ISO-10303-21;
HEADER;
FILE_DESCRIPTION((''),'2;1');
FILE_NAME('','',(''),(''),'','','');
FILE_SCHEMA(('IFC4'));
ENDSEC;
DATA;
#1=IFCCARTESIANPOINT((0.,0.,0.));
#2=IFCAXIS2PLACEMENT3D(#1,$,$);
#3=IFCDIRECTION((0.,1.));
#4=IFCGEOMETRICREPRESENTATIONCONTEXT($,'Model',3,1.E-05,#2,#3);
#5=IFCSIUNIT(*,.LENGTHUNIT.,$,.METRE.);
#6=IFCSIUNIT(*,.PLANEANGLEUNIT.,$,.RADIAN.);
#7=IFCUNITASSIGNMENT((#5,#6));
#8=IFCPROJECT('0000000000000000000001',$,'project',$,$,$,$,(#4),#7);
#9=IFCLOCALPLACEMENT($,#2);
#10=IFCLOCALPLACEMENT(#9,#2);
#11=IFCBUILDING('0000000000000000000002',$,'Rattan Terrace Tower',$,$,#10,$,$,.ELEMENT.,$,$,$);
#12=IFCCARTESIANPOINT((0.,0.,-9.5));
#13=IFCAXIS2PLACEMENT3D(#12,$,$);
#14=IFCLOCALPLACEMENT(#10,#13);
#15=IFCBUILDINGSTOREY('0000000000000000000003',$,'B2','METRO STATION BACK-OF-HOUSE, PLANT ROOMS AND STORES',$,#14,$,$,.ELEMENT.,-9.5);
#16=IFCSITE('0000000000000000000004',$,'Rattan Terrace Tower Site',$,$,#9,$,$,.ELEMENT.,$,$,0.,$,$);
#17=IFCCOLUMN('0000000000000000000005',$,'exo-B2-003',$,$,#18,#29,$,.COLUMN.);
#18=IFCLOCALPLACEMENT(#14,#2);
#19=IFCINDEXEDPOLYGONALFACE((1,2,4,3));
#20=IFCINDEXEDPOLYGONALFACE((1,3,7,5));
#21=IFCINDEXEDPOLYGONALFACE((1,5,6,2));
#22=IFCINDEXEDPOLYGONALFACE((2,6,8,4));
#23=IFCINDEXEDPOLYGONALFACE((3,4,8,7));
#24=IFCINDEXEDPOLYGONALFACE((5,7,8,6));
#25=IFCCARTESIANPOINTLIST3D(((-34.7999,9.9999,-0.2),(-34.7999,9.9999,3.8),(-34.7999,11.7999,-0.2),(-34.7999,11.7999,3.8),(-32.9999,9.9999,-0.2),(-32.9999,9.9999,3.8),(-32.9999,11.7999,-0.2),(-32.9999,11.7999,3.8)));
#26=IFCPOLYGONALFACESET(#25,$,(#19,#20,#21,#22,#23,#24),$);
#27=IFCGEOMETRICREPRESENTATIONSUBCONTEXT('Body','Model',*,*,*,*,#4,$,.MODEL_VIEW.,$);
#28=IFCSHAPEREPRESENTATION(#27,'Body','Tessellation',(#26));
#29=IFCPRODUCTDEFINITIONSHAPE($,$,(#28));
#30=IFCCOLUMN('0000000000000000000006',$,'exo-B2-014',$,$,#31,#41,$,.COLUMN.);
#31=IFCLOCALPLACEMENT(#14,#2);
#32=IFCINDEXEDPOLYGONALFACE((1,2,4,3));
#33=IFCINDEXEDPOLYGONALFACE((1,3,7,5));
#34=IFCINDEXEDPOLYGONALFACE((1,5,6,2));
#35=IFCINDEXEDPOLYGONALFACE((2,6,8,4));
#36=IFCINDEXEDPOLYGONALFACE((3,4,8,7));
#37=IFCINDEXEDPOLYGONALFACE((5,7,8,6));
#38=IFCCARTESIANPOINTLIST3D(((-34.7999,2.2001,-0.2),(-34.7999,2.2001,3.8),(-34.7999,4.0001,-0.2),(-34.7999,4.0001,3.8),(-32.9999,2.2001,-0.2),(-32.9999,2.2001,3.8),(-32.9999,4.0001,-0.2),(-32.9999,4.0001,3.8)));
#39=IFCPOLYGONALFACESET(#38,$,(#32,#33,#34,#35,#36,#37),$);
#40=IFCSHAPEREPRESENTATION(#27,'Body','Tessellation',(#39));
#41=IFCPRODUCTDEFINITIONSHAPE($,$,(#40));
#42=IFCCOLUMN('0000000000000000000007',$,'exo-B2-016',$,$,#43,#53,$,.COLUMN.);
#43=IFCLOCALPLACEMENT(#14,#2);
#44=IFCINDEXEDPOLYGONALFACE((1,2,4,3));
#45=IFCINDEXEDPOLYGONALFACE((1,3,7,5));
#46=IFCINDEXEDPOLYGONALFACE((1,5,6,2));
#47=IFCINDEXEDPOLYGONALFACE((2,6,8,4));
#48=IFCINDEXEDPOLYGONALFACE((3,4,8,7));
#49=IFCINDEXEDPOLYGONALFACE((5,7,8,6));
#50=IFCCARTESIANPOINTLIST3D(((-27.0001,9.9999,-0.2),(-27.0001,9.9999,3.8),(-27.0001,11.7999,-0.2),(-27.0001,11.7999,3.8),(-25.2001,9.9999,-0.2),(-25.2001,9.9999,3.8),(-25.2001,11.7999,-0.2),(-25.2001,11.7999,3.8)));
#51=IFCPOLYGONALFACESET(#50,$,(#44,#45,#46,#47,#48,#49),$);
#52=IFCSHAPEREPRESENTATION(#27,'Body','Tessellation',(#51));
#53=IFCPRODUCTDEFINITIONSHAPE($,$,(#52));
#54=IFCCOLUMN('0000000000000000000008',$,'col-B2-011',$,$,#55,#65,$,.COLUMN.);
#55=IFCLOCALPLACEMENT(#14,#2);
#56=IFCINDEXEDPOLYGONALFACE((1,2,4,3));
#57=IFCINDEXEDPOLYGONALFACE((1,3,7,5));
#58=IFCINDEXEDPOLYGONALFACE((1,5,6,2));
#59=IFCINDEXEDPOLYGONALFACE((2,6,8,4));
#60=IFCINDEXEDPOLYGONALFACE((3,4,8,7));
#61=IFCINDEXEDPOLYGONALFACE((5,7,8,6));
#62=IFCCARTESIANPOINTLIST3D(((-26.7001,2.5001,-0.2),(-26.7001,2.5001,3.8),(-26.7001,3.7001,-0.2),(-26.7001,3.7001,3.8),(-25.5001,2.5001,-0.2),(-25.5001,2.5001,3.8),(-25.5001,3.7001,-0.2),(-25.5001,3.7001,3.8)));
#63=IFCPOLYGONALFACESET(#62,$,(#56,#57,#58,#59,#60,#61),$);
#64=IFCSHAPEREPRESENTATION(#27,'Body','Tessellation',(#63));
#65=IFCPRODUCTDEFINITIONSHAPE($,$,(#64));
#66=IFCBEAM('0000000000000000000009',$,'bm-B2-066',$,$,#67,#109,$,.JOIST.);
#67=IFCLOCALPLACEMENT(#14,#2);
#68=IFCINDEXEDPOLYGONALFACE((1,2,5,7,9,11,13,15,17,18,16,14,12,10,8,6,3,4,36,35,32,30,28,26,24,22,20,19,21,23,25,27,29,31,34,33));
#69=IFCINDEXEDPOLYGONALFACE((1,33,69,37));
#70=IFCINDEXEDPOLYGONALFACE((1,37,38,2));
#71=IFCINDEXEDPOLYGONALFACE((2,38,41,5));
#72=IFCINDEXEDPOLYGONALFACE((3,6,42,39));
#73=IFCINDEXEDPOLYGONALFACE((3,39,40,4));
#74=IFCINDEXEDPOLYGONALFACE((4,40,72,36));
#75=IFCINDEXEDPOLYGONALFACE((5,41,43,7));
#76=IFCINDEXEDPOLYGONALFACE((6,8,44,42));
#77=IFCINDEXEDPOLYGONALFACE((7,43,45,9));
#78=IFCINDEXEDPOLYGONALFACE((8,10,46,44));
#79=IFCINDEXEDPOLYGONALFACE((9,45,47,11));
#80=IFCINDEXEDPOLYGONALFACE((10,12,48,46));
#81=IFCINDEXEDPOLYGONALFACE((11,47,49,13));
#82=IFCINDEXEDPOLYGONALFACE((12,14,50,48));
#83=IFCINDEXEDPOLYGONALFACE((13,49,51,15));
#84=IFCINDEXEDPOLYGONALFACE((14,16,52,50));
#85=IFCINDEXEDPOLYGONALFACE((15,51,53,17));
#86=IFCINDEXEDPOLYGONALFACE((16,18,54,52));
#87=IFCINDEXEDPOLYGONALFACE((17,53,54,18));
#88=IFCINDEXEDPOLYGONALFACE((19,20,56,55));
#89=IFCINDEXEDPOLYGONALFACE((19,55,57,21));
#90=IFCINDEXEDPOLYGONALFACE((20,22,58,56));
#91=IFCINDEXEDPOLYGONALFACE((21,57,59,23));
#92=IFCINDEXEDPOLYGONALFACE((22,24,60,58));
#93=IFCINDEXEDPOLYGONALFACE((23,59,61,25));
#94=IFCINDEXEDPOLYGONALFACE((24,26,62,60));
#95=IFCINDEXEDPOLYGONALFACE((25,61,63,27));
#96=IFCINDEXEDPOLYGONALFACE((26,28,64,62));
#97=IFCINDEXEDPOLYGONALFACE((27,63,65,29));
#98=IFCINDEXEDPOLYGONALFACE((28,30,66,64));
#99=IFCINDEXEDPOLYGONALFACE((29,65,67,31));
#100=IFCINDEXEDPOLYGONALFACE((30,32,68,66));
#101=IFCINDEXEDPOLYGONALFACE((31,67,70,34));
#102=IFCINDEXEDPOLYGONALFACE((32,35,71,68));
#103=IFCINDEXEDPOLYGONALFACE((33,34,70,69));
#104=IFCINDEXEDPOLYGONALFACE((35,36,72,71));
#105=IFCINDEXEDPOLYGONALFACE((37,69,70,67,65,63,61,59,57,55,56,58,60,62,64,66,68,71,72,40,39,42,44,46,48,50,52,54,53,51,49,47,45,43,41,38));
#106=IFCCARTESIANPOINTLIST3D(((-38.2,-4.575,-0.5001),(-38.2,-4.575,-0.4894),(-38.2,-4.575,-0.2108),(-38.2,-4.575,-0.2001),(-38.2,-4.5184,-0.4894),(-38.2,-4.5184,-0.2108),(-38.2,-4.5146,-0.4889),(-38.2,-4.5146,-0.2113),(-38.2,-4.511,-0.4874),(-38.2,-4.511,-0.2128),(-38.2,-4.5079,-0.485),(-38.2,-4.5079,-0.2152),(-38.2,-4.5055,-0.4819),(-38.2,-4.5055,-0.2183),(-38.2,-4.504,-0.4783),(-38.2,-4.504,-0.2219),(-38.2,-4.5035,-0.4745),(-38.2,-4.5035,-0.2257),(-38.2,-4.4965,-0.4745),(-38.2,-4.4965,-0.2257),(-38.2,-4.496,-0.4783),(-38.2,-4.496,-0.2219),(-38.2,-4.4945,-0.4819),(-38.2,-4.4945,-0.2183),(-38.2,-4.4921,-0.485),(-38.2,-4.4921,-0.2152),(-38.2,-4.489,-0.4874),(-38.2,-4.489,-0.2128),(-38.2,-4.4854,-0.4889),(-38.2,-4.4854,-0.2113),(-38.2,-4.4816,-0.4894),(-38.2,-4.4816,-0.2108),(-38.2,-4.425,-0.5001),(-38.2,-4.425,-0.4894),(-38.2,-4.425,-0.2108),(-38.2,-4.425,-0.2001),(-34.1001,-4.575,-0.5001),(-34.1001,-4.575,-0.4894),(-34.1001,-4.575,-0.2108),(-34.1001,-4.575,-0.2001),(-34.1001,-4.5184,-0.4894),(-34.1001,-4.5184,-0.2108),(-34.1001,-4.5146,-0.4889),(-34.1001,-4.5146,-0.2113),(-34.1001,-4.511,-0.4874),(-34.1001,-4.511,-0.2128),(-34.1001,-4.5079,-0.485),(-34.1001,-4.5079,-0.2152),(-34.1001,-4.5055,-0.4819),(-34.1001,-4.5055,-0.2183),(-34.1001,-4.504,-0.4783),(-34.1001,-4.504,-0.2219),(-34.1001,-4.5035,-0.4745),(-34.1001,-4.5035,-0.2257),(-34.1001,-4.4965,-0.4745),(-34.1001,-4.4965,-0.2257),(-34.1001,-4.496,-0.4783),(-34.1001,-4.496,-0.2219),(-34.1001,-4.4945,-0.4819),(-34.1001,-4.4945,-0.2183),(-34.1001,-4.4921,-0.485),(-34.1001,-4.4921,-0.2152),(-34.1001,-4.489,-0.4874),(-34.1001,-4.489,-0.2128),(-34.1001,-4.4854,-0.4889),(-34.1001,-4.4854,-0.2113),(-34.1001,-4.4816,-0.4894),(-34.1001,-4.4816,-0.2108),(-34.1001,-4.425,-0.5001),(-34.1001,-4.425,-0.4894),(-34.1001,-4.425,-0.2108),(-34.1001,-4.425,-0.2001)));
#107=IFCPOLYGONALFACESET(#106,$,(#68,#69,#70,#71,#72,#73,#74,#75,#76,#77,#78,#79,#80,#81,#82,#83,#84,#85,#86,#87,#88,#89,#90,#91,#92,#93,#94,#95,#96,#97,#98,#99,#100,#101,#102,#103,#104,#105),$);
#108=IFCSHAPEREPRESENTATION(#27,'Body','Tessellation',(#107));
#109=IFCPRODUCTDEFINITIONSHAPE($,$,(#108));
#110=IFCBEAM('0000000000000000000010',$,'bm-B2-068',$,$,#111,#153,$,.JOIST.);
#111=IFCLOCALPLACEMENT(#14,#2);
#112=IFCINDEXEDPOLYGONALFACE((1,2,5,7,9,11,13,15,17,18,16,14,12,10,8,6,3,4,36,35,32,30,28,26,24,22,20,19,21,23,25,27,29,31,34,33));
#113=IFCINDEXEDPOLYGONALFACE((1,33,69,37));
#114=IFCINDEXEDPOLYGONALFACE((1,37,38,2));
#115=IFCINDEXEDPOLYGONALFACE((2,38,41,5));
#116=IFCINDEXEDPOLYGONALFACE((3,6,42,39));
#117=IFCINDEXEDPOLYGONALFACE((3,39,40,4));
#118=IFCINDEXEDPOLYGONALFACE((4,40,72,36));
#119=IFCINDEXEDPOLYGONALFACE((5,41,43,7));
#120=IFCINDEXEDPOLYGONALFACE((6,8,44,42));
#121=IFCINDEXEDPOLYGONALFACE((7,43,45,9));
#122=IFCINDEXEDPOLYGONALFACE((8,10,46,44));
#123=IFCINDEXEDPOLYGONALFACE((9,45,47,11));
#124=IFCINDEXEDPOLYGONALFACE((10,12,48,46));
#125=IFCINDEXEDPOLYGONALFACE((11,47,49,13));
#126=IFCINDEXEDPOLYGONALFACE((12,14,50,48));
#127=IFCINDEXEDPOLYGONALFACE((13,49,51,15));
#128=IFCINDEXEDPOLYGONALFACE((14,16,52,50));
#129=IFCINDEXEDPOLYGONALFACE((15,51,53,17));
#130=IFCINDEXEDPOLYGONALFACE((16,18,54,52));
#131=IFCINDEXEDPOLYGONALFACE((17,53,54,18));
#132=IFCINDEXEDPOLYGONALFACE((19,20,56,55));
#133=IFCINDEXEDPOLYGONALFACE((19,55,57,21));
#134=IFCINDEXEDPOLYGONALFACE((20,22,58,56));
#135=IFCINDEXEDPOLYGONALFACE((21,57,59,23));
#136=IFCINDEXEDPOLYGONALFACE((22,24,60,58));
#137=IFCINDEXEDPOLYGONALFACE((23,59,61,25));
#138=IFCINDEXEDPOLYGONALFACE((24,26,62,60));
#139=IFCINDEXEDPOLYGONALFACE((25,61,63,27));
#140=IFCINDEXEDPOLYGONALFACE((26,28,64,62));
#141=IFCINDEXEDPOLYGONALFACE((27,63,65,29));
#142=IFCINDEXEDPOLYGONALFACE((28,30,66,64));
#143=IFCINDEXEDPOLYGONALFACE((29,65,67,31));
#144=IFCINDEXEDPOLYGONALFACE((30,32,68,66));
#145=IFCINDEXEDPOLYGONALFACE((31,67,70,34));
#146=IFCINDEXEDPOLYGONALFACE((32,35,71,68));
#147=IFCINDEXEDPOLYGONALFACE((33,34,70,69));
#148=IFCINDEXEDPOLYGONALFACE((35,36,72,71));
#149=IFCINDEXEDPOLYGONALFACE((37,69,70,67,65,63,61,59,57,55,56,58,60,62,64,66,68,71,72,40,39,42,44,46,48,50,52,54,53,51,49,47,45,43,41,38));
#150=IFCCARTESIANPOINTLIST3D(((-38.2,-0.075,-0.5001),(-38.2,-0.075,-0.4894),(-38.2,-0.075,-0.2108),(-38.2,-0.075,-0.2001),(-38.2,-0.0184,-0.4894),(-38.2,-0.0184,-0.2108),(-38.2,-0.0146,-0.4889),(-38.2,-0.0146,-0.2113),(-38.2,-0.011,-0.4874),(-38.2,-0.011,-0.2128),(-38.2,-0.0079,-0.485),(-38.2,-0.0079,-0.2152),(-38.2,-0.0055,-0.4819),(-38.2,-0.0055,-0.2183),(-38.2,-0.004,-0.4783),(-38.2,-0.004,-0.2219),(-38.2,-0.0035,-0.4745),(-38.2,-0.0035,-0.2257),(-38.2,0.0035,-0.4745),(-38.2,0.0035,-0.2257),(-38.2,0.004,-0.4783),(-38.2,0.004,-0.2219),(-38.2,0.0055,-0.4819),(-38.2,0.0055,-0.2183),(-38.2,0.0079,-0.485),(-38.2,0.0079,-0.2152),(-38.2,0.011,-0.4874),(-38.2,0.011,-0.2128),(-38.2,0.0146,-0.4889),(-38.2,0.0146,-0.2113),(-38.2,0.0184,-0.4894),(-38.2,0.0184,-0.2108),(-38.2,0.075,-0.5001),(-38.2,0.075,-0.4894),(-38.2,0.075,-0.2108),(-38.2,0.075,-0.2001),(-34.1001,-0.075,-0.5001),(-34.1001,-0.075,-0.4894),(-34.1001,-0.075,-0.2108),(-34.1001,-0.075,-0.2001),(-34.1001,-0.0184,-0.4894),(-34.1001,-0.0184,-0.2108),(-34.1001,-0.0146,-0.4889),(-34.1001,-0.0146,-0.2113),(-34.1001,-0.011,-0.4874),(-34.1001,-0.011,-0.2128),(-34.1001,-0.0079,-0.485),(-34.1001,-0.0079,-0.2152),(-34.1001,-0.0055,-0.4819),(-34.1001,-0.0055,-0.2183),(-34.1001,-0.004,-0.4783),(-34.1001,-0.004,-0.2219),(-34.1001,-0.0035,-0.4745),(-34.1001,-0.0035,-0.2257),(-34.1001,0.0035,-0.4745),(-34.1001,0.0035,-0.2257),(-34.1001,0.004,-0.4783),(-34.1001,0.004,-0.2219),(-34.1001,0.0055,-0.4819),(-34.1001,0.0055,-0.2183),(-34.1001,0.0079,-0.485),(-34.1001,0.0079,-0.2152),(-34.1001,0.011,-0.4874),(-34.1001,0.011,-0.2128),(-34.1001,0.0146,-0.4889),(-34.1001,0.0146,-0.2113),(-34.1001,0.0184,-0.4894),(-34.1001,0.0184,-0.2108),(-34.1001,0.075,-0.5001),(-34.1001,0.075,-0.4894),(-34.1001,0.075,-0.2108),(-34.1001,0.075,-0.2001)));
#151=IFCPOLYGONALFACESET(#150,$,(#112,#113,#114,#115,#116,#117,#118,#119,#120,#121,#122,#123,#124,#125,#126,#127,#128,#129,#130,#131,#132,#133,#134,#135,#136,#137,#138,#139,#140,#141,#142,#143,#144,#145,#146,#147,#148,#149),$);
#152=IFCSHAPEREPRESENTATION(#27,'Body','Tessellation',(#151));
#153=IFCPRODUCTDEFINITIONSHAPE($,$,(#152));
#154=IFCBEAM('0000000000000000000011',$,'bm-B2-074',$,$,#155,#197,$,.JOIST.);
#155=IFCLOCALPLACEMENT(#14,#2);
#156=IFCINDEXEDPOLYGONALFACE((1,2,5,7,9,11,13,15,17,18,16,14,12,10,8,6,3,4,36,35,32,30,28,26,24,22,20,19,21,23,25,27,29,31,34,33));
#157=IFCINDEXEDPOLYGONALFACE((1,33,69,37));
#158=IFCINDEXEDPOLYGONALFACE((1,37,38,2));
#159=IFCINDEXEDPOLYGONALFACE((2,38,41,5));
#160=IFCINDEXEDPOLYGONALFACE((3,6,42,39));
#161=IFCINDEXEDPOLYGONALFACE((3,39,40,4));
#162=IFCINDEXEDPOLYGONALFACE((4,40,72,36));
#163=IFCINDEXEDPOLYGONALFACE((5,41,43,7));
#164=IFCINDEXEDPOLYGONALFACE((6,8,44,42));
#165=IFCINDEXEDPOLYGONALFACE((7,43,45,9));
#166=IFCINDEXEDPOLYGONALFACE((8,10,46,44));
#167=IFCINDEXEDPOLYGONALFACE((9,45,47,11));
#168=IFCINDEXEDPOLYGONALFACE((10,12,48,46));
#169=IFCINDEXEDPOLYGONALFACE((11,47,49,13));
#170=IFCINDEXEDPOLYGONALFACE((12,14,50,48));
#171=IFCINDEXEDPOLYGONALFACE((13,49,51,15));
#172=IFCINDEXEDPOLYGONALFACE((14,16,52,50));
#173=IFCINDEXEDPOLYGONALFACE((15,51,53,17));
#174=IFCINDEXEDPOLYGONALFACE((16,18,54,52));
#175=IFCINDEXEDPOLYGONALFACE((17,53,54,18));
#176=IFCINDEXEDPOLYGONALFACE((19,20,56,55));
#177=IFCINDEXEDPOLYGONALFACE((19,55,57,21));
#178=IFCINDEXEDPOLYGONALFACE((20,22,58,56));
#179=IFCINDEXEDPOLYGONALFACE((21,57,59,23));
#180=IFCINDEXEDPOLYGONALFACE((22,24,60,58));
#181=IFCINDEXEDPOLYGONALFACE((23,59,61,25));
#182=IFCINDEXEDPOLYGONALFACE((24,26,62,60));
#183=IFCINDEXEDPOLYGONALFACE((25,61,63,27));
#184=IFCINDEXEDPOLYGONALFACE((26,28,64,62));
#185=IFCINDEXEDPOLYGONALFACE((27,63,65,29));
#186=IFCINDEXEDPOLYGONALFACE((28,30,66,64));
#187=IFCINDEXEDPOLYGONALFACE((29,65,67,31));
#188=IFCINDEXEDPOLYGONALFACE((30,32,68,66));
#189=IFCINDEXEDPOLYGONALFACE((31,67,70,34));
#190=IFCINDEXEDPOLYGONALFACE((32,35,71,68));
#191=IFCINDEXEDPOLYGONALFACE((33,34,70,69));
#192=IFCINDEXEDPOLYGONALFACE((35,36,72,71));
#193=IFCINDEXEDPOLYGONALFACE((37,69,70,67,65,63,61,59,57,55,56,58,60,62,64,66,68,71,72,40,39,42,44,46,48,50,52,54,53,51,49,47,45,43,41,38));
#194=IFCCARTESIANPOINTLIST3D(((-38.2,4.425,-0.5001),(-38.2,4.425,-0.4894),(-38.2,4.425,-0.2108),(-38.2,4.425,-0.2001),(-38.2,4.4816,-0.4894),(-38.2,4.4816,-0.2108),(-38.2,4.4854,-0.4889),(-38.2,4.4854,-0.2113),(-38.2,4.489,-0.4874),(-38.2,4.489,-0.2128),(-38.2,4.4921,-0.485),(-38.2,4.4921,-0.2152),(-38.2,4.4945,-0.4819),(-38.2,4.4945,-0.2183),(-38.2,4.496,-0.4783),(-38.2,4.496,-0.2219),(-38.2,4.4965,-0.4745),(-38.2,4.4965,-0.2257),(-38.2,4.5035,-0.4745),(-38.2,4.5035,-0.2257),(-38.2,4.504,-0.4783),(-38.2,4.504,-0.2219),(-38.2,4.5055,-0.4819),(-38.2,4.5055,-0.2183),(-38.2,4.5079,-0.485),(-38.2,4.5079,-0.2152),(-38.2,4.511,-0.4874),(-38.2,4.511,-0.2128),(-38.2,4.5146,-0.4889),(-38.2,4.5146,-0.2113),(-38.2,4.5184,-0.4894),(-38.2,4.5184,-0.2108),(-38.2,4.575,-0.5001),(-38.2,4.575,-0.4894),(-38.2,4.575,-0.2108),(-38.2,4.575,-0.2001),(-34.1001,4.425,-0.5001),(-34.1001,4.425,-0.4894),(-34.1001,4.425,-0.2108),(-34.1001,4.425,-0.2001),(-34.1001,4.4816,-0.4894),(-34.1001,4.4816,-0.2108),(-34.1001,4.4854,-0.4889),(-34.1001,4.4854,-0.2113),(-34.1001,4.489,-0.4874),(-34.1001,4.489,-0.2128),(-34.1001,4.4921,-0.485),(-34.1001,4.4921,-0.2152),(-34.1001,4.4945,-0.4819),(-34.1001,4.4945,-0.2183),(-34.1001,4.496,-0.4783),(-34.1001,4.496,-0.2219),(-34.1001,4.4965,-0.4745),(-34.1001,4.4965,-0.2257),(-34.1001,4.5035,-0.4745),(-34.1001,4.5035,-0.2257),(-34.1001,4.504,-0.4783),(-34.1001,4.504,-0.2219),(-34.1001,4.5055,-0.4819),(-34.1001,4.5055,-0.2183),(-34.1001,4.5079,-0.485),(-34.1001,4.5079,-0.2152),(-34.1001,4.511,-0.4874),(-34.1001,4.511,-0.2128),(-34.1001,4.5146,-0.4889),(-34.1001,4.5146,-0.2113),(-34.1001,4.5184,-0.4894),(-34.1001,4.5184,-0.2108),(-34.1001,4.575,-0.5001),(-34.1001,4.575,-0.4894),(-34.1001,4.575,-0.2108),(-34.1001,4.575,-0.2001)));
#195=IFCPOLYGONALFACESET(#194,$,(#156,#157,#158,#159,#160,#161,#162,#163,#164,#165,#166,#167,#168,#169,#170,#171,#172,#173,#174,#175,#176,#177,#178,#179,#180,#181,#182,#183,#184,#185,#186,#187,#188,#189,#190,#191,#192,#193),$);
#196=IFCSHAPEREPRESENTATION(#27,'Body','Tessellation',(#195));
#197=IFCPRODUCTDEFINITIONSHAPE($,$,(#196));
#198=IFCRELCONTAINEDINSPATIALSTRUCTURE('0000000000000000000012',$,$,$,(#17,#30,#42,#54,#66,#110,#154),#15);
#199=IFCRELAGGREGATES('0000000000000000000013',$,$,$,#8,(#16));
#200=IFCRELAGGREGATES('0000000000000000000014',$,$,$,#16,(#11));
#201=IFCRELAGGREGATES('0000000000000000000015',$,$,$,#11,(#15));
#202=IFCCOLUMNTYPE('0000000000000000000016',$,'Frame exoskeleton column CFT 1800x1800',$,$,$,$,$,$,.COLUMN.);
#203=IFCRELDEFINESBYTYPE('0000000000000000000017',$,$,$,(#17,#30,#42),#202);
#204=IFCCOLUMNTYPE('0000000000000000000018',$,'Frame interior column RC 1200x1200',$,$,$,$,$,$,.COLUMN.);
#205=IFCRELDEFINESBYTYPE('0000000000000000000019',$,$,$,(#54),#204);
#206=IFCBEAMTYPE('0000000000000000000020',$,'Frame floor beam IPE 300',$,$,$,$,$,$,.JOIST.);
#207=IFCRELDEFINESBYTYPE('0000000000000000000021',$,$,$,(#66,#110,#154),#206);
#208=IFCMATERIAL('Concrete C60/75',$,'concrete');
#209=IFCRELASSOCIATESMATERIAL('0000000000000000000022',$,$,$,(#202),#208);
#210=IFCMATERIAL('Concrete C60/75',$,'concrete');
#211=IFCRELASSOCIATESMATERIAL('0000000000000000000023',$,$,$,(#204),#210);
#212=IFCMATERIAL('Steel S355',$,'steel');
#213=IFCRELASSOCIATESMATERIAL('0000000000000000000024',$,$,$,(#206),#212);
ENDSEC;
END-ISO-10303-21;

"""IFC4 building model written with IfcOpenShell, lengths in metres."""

from ifc_helpers import new_model, si_unit, direction, frame, origin, origin_2d, place, context, subcontext, project, spatial, rectangle, i_section, extrude, material, material_profile, profile_set, type_object, element, save


model = new_model("IFC4")

# Units and contexts
model_context = context("Model", 3, precision=1e-05, world=origin(), true_north=direction((0.0, 1.0)))
body_context = subcontext(model_context, "Body", "Model", "MODEL_VIEW")
ifc_project = project(units=[si_unit("LENGTHUNIT", "METRE"), si_unit("PLANEANGLEUNIT", "RADIAN")], contexts=[model_context])

# Site, building, storey
site_placement = place(None, origin())
site = spatial("IfcSite", under=ifc_project, at=site_placement, Name="Rattan Terrace Tower Site", CompositionType="ELEMENT", RefElevation=0.0)
building_placement = place(site_placement, origin())
building = spatial("IfcBuilding", under=site, at=building_placement, Name="Rattan Terrace Tower", CompositionType="ELEMENT")
storey_placement = place(building_placement, frame((0.0, 0.0, -9.5)))
storey = spatial("IfcBuildingStorey", under=building, at=storey_placement, Name="B2", Description="METRO STATION BACK-OF-HOUSE, PLANT ROOMS AND STORES", CompositionType="ELEMENT", Elevation=-9.5)

# Columns
ifc_material_1 = material(Name="Concrete C60/75", Category="concrete")
ifc_material_profile_1 = material_profile(ifc_material_1, rectangle(XDim=1.8, YDim=1.8, at=origin_2d()), Name="CFT 1800x1800")
ifc_profile_set_1 = profile_set([ifc_material_profile_1], Name="Concrete C60/75")
column_type_1 = type_object("IfcColumnType", Name="Frame exoskeleton column CFT 1800x1800", PredefinedType="COLUMN", material=ifc_profile_set_1)
for number, where, z_axis, x_axis, name in (
    (1, (-33.8999, 10.8999, -0.2), (0.0, 0.0, 1.0), (1.0, 0.0, 0.0), "exo-B2-003"),
    (2, (-33.8999, 3.1001, -0.2), (0.0, 0.0, 1.0), (0.0, 1.0, 0.0), "exo-B2-014"),
    (3, (-26.1001, 10.8999, -0.2), (0.0, 0.0, 1.0), (1.0, 0.0, 0.0), "exo-B2-016"),
):
    element("IfcColumn", number, at=place(storey_placement, frame(where, z_axis=z_axis, x_axis=x_axis)), inside=storey, type_object=column_type_1, Name=name, PredefinedType="COLUMN", context=body_context, shape_type="SweptSolid", body=[
        extrude(rectangle(XDim=1.8, YDim=1.8, at=origin_2d()), origin(), (0.0, 0.0, 1.0), 4.0),
    ])
ifc_material_2 = material(Name="Concrete C60/75", Category="concrete")
ifc_material_profile_2 = material_profile(ifc_material_2, rectangle(XDim=1.2, YDim=1.2, at=origin_2d()), Name="RC 1200x1200")
ifc_profile_set_2 = profile_set([ifc_material_profile_2], Name="Concrete C60/75")
column_type_2 = type_object("IfcColumnType", Name="Frame interior column RC 1200x1200", PredefinedType="COLUMN", material=ifc_profile_set_2)
column_placement = place(storey_placement, frame((-26.1001, 3.1001, -0.2), z_axis=(0.0, 0.0, 1.0), x_axis=(1.0, 0.0, 0.0)))
element("IfcColumn", 4, at=column_placement, inside=storey, type_object=column_type_2, Name="col-B2-011", PredefinedType="COLUMN", context=body_context, shape_type="SweptSolid", body=[
    extrude(rectangle(XDim=1.2, YDim=1.2, at=origin_2d()), origin(), (0.0, 0.0, 1.0), 4.0),
])

# Beams
ifc_material_3 = material(Name="Steel S355", Category="steel")
ifc_material_profile_3 = material_profile(ifc_material_3, i_section(OverallWidth=0.1499, OverallDepth=0.3, WebThickness=0.0071, FlangeThickness=0.0107, FilletRadius=0.0149, at=origin_2d()), Name="IPE 300")
ifc_profile_set_3 = profile_set([ifc_material_profile_3], Name="Steel S355")
beam_type_1 = type_object("IfcBeamType", Name="Frame floor beam IPE 300", PredefinedType="JOIST", material=ifc_profile_set_3)
for number, where, z_axis, x_axis, name in (
    (5, (-38.2, -4.5, -0.3501), (1.0, 0.0, 0.0), (0.0, 1.0, 0.0), "bm-B2-066"),
    (6, (-38.2, 0.0, -0.3501), (1.0, 0.0, 0.0), (0.0, 1.0, 0.0), "bm-B2-068"),
    (7, (-38.2, 4.5, -0.3501), (1.0, 0.0, 0.0), (0.0, 1.0, 0.0), "bm-B2-074"),
):
    element("IfcBeam", number, at=place(storey_placement, frame(where, z_axis=z_axis, x_axis=x_axis)), inside=storey, type_object=beam_type_1, Name=name, PredefinedType="JOIST", context=body_context, shape_type="SweptSolid", body=[
        extrude(i_section(OverallWidth=0.1499, OverallDepth=0.3, WebThickness=0.0071, FlangeThickness=0.0107, FilletRadius=0.0149, at=origin_2d()), origin(), (0.0, 0.0, 1.0), 4.0999),
    ])

save(model, "model.ifc")
